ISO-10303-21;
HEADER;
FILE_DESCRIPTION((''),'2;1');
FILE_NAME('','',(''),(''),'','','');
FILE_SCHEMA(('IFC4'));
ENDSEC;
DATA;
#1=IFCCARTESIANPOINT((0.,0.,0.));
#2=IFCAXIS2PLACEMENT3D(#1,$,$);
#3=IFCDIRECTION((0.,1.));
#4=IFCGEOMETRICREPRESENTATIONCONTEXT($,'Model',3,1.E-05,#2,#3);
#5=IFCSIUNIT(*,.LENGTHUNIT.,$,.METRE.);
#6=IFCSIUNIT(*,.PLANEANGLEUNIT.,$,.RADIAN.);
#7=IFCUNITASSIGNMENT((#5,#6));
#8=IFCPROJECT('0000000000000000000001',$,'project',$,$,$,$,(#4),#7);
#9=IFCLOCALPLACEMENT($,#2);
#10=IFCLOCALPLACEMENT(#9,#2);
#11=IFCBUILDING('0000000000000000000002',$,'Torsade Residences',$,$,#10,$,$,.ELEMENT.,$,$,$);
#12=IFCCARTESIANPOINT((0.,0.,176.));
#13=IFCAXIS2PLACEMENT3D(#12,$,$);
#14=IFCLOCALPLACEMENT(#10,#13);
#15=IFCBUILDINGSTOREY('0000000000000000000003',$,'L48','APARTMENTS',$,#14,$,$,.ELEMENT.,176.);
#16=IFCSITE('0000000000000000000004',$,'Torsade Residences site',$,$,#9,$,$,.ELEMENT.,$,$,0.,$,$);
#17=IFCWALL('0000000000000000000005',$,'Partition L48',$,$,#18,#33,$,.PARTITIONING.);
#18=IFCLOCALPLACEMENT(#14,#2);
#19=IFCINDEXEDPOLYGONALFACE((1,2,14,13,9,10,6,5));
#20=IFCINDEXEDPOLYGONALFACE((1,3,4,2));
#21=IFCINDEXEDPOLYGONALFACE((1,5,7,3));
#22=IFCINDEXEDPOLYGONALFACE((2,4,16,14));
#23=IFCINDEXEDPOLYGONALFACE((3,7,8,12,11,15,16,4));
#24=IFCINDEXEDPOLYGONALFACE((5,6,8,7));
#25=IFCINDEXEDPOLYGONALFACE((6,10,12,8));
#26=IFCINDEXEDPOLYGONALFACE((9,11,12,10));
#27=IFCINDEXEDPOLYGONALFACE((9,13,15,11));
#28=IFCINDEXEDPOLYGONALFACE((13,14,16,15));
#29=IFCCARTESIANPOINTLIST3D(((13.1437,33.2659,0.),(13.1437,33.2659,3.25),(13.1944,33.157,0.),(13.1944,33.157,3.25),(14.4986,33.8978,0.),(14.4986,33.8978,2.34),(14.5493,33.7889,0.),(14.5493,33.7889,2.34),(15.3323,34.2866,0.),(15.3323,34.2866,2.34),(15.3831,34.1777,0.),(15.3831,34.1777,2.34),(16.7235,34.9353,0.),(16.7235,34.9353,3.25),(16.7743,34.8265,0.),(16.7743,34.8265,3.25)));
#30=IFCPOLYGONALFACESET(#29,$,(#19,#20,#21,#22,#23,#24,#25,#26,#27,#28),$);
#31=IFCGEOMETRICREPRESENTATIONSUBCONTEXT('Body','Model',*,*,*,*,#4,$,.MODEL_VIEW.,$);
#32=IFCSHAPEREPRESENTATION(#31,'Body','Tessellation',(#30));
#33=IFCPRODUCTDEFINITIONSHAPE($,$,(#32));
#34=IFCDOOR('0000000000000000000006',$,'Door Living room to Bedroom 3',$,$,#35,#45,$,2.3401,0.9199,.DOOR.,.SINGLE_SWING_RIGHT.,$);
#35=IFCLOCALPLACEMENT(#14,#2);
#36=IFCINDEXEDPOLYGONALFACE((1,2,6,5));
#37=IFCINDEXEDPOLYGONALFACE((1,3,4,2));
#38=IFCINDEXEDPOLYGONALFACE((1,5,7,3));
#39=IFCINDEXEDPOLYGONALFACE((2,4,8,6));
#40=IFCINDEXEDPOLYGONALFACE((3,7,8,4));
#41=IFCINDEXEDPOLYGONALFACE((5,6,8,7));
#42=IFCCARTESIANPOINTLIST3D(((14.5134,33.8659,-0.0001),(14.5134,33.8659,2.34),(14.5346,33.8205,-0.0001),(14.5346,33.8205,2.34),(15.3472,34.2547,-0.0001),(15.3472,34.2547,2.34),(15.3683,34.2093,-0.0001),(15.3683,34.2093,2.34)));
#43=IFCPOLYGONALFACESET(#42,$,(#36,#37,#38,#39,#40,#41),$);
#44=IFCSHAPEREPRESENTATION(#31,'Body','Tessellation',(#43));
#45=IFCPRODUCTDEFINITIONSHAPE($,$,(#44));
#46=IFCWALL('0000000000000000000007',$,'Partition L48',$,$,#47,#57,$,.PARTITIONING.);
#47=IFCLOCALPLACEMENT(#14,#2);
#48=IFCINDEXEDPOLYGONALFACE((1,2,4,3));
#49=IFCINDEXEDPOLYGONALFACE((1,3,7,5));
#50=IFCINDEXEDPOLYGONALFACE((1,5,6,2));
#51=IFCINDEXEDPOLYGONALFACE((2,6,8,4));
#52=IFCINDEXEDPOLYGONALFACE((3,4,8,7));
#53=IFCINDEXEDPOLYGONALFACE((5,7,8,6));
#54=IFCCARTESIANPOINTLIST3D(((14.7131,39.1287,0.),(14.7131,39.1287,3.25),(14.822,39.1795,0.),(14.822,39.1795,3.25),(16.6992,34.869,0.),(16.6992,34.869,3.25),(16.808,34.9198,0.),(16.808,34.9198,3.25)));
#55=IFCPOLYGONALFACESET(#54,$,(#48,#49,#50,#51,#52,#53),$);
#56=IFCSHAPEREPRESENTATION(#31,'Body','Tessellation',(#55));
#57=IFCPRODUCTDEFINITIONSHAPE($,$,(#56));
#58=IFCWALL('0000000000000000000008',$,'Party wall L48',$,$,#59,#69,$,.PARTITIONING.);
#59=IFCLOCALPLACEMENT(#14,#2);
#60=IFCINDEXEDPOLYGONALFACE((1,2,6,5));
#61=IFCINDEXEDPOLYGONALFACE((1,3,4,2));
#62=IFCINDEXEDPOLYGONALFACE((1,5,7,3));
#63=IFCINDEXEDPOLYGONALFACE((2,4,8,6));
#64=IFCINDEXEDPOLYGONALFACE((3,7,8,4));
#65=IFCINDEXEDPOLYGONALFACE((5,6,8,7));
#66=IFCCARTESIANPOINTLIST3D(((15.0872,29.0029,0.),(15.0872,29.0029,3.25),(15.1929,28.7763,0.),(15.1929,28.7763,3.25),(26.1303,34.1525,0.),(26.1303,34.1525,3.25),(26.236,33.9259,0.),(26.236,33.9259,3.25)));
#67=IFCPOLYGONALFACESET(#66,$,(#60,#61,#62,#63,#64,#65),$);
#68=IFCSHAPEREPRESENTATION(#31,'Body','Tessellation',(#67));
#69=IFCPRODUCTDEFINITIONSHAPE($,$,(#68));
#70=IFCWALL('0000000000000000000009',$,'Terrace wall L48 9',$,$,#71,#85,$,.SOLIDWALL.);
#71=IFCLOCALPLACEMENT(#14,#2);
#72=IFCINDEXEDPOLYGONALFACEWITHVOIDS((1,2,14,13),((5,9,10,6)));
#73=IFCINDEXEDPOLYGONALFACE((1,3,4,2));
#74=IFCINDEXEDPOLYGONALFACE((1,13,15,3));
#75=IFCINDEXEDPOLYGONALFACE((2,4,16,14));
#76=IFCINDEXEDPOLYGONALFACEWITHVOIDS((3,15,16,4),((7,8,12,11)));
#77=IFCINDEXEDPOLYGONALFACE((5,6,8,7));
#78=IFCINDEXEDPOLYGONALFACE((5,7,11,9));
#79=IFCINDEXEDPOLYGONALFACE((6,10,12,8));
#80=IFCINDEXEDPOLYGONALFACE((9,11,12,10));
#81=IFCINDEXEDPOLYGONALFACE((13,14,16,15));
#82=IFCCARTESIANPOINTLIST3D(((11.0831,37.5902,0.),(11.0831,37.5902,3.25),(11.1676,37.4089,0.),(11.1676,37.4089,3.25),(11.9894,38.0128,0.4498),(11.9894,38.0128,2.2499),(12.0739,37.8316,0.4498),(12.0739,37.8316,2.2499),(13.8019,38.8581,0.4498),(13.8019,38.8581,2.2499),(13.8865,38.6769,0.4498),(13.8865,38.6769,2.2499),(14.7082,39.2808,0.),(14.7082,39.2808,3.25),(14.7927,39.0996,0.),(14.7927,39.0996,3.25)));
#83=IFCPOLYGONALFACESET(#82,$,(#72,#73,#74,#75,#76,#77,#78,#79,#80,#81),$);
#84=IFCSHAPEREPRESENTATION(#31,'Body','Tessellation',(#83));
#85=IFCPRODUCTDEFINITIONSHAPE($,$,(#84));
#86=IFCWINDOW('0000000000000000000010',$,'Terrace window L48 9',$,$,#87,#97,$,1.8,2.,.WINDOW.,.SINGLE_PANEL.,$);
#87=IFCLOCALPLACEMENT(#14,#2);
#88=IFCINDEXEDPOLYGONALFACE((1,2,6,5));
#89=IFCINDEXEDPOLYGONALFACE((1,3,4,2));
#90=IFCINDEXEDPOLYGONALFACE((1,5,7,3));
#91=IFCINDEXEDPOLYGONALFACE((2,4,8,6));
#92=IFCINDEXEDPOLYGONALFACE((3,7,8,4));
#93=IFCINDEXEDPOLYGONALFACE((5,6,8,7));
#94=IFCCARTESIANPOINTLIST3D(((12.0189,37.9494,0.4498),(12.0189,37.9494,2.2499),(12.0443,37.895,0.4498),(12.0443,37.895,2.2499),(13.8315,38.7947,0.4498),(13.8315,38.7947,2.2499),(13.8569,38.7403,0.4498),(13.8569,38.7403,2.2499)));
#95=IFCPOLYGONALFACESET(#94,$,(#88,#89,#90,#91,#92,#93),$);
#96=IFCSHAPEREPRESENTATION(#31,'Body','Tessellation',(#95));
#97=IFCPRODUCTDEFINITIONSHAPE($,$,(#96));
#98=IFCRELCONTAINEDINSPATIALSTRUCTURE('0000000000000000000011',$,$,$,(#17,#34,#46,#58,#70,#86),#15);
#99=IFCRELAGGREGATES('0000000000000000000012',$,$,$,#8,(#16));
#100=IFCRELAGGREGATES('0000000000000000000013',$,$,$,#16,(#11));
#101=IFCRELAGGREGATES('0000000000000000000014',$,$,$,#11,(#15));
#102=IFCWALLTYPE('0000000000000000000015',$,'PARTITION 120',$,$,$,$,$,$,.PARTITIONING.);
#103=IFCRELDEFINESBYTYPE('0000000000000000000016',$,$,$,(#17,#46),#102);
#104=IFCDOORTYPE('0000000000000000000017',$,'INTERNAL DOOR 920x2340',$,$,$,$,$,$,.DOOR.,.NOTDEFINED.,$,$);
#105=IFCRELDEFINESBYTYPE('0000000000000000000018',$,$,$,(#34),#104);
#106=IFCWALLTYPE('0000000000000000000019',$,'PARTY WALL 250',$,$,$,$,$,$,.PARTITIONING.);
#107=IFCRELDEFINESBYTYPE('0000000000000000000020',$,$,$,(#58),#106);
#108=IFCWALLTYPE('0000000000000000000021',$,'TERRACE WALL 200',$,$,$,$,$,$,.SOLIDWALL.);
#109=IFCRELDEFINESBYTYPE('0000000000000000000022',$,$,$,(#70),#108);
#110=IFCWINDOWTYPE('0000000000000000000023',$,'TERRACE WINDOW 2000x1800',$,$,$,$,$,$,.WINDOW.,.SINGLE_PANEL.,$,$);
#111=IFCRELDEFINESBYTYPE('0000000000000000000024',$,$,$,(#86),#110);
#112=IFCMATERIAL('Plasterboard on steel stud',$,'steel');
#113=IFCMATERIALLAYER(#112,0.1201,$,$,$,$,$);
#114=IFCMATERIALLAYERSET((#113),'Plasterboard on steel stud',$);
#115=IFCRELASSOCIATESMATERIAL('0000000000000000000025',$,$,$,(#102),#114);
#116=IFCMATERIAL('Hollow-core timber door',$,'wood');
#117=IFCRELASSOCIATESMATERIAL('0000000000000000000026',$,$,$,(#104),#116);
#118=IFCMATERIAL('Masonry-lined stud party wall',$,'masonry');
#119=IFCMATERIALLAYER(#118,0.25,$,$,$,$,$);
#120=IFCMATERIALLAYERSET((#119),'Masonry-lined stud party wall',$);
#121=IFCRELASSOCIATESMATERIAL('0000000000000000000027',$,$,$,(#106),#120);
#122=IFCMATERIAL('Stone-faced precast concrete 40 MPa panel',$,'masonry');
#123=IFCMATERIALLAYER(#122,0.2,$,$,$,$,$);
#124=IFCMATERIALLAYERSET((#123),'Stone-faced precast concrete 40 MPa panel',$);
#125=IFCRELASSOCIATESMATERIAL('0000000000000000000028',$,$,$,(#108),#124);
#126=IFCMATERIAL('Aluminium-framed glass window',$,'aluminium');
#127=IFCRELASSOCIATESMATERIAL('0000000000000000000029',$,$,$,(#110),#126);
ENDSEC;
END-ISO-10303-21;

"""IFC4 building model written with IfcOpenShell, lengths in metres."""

from ifc_helpers import new_model, si_unit, direction, frame, frame_2d, origin, place, context, subcontext, project, spatial, rectangle, extrude, material, layer, layer_set, type_object, element, fill, save


model = new_model("IFC4")

# Units and contexts
model_context = context("Model", 3, precision=1e-05, world=origin(), true_north=direction((0.0, 1.0)))
body_context = subcontext(model_context, "Body", "Model", "MODEL_VIEW")
ifc_project = project(units=[si_unit("LENGTHUNIT", "METRE"), si_unit("PLANEANGLEUNIT", "RADIAN")], contexts=[model_context])

# Site, building, storey
site_placement = place(None, origin())
site = spatial("IfcSite", under=ifc_project, at=site_placement, Name="Torsade Residences site", CompositionType="ELEMENT", RefElevation=0.0)
building_placement = place(site_placement, origin())
building = spatial("IfcBuilding", under=site, at=building_placement, Name="Torsade Residences", CompositionType="ELEMENT")
storey_placement = place(building_placement, frame((0.0, 0.0, 176.0)))
storey = spatial("IfcBuildingStorey", under=building, at=storey_placement, Name="L48", Description="APARTMENTS", CompositionType="ELEMENT", Elevation=176.0)

# Shared definitions
ifc_material_1 = material(Name="Plasterboard on steel stud", Category="steel")
ifc_layer_1 = layer(ifc_material_1, 0.1201)
ifc_layer_set_1 = layer_set([ifc_layer_1], Name="Plasterboard on steel stud")
wall_type_1 = type_object("IfcWallType", Name="PARTITION 120", PredefinedType="PARTITIONING", material=ifc_layer_set_1)

# Wall, opening, door
ifc_material_2 = material(Name="Hollow-core timber door", Category="wood")
door_type = type_object("IfcDoorType", Name="INTERNAL DOOR 920x2340", OperationType="NOTDEFINED", PredefinedType="DOOR", material=ifc_material_2)
wall_1_placement = place(storey_placement, frame((13.1689, 33.2114, 0.0), z_axis=(0.0, 0.0, 1.0), x_axis=(0.906295, 0.422645, 0.0)))
wall_1 = element("IfcWall", 1, at=wall_1_placement, inside=storey, type_object=wall_type_1, Name="Partition L48", PredefinedType="PARTITIONING", context=body_context, shape_type="SweptSolid", body=[
    extrude(rectangle(XDim=3.95, YDim=0.1201, at=frame_2d((1.9751, 0.0))), origin(), (0.0, 0.0, 1.0), 3.25),
])
opening_1_placement = place(wall_1_placement, frame((1.4951, 0.0, 0.0)))
opening_1 = element("IfcOpeningElement", 2, at=opening_1_placement, cuts=wall_1, PredefinedType="OPENING", context=body_context, shape_type="SweptSolid", body=[
    extrude(rectangle(XDim=0.9199, YDim=2.3401, at=frame_2d((0.46, 1.1699))), frame((0.0, 0.0701, 0.0), z_axis=(0.0, -1.0, 0.0), x_axis=(1.0, 0.0, 0.0)), (0.0, 0.0, 1.0), 0.1401),
])
door_1_placement = place(opening_1_placement, origin())
door_1 = element("IfcDoor", 3, at=door_1_placement, inside=storey, type_object=door_type, Name="Door Living room to Bedroom 3", OperationType="SINGLE_SWING_RIGHT", OverallHeight=2.3401, OverallWidth=0.9199, PredefinedType="DOOR", context=body_context, shape_type="SweptSolid", body=[
    extrude(rectangle(XDim=0.9199, YDim=2.3401, at=frame_2d((0.46, 1.1699))), frame((0.0, 0.0249, 0.0), z_axis=(0.0, -1.0, 0.0), x_axis=(1.0, 0.0, 0.0)), (0.0, 0.0, 1.0), 0.05),
])
fill(opening_1, door_1)

# Walls
wall_2_placement = place(storey_placement, frame((16.7537, 34.8943, 0.0), z_axis=(0.0, 0.0, 1.0), x_axis=(-0.42257, 0.90633, 0.0)))
element("IfcWall", 4, at=wall_2_placement, inside=storey, type_object=wall_type_1, Name="Partition L48", PredefinedType="PARTITIONING", context=body_context, shape_type="SweptSolid", body=[
    extrude(rectangle(XDim=4.7, YDim=0.1201, at=frame_2d((2.3501, 0.0))), origin(), (0.0, 0.0, 1.0), 3.25),
])
ifc_material_3 = material(Name="Masonry-lined stud party wall", Category="masonry")
ifc_layer_2 = layer(ifc_material_3, 0.25)
ifc_layer_set_2 = layer_set([ifc_layer_2], Name="Masonry-lined stud party wall")
wall_type_2 = type_object("IfcWallType", Name="PARTY WALL 250", PredefinedType="PARTITIONING", material=ifc_layer_set_2)
wall_3_placement = place(storey_placement, frame((15.1401, 28.8896, 0.0), z_axis=(0.0, 0.0, 1.0), x_axis=(0.906304, 0.422627, 0.0)))
element("IfcWall", 5, at=wall_3_placement, inside=storey, type_object=wall_type_2, Name="Party wall L48", PredefinedType="PARTITIONING", context=body_context, shape_type="SweptSolid", body=[
    extrude(rectangle(XDim=12.1848, YDim=0.25, at=frame_2d((6.0923, 0.0))), origin(), (0.0, 0.0, 1.0), 3.25),
])

# Wall, opening, window
ifc_material_4 = material(Name="Stone-faced precast concrete 40 MPa panel", Category="masonry")
ifc_layer_3 = layer(ifc_material_4, 0.2)
ifc_layer_set_3 = layer_set([ifc_layer_3], Name="Stone-faced precast concrete 40 MPa panel")
wall_type_3 = type_object("IfcWallType", Name="TERRACE WALL 200", PredefinedType="SOLIDWALL", material=ifc_layer_set_3)
wall_4_placement = place(storey_placement, frame((14.7505, 39.1902, 0.0), z_axis=(0.0, 0.0, 1.0), x_axis=(-0.906289, -0.422658, 0.0)))
wall_4 = element("IfcWall", 6, at=wall_4_placement, inside=storey, type_object=wall_type_3, Name="Terrace wall L48 9", PredefinedType="SOLIDWALL", context=body_context, shape_type="SweptSolid", body=[
    extrude(rectangle(XDim=4.0, YDim=0.2, at=frame_2d((2.0, 0.0))), origin(), (0.0, 0.0, 1.0), 3.25),
])
opening_2_placement = place(wall_4_placement, frame((1.0, 0.0, 0.45)))
opening_2 = element("IfcOpeningElement", 7, at=opening_2_placement, cuts=wall_4, PredefinedType="OPENING", context=body_context, shape_type="SweptSolid", body=[
    extrude(rectangle(XDim=2.0, YDim=1.8, at=frame_2d((1.0, 0.8999))), frame((0.0, 0.1099, 0.0), z_axis=(0.0, -1.0, 0.0), x_axis=(1.0, 0.0, 0.0)), (0.0, 0.0, 1.0), 0.22),
])
ifc_material_5 = material(Name="Aluminium-framed glass window", Category="aluminium")
window_type = type_object("IfcWindowType", Name="TERRACE WINDOW 2000x1800", PartitioningType="SINGLE_PANEL", PredefinedType="WINDOW", material=ifc_material_5)
window_placement = place(opening_2_placement, origin())
window = element("IfcWindow", 8, at=window_placement, inside=storey, type_object=window_type, Name="Terrace window L48 9", OverallHeight=1.8, OverallWidth=2.0, PartitioningType="SINGLE_PANEL", PredefinedType="WINDOW", context=body_context, shape_type="SweptSolid", body=[
    extrude(rectangle(XDim=2.0, YDim=1.8, at=frame_2d((1.0, 0.8999))), frame((0.0, 0.03, 0.0), z_axis=(0.0, -1.0, 0.0), x_axis=(1.0, 0.0, 0.0)), (0.0, 0.0, 1.0), 0.0601),
])
fill(opening_2, window)

save(model, "model.ifc")
